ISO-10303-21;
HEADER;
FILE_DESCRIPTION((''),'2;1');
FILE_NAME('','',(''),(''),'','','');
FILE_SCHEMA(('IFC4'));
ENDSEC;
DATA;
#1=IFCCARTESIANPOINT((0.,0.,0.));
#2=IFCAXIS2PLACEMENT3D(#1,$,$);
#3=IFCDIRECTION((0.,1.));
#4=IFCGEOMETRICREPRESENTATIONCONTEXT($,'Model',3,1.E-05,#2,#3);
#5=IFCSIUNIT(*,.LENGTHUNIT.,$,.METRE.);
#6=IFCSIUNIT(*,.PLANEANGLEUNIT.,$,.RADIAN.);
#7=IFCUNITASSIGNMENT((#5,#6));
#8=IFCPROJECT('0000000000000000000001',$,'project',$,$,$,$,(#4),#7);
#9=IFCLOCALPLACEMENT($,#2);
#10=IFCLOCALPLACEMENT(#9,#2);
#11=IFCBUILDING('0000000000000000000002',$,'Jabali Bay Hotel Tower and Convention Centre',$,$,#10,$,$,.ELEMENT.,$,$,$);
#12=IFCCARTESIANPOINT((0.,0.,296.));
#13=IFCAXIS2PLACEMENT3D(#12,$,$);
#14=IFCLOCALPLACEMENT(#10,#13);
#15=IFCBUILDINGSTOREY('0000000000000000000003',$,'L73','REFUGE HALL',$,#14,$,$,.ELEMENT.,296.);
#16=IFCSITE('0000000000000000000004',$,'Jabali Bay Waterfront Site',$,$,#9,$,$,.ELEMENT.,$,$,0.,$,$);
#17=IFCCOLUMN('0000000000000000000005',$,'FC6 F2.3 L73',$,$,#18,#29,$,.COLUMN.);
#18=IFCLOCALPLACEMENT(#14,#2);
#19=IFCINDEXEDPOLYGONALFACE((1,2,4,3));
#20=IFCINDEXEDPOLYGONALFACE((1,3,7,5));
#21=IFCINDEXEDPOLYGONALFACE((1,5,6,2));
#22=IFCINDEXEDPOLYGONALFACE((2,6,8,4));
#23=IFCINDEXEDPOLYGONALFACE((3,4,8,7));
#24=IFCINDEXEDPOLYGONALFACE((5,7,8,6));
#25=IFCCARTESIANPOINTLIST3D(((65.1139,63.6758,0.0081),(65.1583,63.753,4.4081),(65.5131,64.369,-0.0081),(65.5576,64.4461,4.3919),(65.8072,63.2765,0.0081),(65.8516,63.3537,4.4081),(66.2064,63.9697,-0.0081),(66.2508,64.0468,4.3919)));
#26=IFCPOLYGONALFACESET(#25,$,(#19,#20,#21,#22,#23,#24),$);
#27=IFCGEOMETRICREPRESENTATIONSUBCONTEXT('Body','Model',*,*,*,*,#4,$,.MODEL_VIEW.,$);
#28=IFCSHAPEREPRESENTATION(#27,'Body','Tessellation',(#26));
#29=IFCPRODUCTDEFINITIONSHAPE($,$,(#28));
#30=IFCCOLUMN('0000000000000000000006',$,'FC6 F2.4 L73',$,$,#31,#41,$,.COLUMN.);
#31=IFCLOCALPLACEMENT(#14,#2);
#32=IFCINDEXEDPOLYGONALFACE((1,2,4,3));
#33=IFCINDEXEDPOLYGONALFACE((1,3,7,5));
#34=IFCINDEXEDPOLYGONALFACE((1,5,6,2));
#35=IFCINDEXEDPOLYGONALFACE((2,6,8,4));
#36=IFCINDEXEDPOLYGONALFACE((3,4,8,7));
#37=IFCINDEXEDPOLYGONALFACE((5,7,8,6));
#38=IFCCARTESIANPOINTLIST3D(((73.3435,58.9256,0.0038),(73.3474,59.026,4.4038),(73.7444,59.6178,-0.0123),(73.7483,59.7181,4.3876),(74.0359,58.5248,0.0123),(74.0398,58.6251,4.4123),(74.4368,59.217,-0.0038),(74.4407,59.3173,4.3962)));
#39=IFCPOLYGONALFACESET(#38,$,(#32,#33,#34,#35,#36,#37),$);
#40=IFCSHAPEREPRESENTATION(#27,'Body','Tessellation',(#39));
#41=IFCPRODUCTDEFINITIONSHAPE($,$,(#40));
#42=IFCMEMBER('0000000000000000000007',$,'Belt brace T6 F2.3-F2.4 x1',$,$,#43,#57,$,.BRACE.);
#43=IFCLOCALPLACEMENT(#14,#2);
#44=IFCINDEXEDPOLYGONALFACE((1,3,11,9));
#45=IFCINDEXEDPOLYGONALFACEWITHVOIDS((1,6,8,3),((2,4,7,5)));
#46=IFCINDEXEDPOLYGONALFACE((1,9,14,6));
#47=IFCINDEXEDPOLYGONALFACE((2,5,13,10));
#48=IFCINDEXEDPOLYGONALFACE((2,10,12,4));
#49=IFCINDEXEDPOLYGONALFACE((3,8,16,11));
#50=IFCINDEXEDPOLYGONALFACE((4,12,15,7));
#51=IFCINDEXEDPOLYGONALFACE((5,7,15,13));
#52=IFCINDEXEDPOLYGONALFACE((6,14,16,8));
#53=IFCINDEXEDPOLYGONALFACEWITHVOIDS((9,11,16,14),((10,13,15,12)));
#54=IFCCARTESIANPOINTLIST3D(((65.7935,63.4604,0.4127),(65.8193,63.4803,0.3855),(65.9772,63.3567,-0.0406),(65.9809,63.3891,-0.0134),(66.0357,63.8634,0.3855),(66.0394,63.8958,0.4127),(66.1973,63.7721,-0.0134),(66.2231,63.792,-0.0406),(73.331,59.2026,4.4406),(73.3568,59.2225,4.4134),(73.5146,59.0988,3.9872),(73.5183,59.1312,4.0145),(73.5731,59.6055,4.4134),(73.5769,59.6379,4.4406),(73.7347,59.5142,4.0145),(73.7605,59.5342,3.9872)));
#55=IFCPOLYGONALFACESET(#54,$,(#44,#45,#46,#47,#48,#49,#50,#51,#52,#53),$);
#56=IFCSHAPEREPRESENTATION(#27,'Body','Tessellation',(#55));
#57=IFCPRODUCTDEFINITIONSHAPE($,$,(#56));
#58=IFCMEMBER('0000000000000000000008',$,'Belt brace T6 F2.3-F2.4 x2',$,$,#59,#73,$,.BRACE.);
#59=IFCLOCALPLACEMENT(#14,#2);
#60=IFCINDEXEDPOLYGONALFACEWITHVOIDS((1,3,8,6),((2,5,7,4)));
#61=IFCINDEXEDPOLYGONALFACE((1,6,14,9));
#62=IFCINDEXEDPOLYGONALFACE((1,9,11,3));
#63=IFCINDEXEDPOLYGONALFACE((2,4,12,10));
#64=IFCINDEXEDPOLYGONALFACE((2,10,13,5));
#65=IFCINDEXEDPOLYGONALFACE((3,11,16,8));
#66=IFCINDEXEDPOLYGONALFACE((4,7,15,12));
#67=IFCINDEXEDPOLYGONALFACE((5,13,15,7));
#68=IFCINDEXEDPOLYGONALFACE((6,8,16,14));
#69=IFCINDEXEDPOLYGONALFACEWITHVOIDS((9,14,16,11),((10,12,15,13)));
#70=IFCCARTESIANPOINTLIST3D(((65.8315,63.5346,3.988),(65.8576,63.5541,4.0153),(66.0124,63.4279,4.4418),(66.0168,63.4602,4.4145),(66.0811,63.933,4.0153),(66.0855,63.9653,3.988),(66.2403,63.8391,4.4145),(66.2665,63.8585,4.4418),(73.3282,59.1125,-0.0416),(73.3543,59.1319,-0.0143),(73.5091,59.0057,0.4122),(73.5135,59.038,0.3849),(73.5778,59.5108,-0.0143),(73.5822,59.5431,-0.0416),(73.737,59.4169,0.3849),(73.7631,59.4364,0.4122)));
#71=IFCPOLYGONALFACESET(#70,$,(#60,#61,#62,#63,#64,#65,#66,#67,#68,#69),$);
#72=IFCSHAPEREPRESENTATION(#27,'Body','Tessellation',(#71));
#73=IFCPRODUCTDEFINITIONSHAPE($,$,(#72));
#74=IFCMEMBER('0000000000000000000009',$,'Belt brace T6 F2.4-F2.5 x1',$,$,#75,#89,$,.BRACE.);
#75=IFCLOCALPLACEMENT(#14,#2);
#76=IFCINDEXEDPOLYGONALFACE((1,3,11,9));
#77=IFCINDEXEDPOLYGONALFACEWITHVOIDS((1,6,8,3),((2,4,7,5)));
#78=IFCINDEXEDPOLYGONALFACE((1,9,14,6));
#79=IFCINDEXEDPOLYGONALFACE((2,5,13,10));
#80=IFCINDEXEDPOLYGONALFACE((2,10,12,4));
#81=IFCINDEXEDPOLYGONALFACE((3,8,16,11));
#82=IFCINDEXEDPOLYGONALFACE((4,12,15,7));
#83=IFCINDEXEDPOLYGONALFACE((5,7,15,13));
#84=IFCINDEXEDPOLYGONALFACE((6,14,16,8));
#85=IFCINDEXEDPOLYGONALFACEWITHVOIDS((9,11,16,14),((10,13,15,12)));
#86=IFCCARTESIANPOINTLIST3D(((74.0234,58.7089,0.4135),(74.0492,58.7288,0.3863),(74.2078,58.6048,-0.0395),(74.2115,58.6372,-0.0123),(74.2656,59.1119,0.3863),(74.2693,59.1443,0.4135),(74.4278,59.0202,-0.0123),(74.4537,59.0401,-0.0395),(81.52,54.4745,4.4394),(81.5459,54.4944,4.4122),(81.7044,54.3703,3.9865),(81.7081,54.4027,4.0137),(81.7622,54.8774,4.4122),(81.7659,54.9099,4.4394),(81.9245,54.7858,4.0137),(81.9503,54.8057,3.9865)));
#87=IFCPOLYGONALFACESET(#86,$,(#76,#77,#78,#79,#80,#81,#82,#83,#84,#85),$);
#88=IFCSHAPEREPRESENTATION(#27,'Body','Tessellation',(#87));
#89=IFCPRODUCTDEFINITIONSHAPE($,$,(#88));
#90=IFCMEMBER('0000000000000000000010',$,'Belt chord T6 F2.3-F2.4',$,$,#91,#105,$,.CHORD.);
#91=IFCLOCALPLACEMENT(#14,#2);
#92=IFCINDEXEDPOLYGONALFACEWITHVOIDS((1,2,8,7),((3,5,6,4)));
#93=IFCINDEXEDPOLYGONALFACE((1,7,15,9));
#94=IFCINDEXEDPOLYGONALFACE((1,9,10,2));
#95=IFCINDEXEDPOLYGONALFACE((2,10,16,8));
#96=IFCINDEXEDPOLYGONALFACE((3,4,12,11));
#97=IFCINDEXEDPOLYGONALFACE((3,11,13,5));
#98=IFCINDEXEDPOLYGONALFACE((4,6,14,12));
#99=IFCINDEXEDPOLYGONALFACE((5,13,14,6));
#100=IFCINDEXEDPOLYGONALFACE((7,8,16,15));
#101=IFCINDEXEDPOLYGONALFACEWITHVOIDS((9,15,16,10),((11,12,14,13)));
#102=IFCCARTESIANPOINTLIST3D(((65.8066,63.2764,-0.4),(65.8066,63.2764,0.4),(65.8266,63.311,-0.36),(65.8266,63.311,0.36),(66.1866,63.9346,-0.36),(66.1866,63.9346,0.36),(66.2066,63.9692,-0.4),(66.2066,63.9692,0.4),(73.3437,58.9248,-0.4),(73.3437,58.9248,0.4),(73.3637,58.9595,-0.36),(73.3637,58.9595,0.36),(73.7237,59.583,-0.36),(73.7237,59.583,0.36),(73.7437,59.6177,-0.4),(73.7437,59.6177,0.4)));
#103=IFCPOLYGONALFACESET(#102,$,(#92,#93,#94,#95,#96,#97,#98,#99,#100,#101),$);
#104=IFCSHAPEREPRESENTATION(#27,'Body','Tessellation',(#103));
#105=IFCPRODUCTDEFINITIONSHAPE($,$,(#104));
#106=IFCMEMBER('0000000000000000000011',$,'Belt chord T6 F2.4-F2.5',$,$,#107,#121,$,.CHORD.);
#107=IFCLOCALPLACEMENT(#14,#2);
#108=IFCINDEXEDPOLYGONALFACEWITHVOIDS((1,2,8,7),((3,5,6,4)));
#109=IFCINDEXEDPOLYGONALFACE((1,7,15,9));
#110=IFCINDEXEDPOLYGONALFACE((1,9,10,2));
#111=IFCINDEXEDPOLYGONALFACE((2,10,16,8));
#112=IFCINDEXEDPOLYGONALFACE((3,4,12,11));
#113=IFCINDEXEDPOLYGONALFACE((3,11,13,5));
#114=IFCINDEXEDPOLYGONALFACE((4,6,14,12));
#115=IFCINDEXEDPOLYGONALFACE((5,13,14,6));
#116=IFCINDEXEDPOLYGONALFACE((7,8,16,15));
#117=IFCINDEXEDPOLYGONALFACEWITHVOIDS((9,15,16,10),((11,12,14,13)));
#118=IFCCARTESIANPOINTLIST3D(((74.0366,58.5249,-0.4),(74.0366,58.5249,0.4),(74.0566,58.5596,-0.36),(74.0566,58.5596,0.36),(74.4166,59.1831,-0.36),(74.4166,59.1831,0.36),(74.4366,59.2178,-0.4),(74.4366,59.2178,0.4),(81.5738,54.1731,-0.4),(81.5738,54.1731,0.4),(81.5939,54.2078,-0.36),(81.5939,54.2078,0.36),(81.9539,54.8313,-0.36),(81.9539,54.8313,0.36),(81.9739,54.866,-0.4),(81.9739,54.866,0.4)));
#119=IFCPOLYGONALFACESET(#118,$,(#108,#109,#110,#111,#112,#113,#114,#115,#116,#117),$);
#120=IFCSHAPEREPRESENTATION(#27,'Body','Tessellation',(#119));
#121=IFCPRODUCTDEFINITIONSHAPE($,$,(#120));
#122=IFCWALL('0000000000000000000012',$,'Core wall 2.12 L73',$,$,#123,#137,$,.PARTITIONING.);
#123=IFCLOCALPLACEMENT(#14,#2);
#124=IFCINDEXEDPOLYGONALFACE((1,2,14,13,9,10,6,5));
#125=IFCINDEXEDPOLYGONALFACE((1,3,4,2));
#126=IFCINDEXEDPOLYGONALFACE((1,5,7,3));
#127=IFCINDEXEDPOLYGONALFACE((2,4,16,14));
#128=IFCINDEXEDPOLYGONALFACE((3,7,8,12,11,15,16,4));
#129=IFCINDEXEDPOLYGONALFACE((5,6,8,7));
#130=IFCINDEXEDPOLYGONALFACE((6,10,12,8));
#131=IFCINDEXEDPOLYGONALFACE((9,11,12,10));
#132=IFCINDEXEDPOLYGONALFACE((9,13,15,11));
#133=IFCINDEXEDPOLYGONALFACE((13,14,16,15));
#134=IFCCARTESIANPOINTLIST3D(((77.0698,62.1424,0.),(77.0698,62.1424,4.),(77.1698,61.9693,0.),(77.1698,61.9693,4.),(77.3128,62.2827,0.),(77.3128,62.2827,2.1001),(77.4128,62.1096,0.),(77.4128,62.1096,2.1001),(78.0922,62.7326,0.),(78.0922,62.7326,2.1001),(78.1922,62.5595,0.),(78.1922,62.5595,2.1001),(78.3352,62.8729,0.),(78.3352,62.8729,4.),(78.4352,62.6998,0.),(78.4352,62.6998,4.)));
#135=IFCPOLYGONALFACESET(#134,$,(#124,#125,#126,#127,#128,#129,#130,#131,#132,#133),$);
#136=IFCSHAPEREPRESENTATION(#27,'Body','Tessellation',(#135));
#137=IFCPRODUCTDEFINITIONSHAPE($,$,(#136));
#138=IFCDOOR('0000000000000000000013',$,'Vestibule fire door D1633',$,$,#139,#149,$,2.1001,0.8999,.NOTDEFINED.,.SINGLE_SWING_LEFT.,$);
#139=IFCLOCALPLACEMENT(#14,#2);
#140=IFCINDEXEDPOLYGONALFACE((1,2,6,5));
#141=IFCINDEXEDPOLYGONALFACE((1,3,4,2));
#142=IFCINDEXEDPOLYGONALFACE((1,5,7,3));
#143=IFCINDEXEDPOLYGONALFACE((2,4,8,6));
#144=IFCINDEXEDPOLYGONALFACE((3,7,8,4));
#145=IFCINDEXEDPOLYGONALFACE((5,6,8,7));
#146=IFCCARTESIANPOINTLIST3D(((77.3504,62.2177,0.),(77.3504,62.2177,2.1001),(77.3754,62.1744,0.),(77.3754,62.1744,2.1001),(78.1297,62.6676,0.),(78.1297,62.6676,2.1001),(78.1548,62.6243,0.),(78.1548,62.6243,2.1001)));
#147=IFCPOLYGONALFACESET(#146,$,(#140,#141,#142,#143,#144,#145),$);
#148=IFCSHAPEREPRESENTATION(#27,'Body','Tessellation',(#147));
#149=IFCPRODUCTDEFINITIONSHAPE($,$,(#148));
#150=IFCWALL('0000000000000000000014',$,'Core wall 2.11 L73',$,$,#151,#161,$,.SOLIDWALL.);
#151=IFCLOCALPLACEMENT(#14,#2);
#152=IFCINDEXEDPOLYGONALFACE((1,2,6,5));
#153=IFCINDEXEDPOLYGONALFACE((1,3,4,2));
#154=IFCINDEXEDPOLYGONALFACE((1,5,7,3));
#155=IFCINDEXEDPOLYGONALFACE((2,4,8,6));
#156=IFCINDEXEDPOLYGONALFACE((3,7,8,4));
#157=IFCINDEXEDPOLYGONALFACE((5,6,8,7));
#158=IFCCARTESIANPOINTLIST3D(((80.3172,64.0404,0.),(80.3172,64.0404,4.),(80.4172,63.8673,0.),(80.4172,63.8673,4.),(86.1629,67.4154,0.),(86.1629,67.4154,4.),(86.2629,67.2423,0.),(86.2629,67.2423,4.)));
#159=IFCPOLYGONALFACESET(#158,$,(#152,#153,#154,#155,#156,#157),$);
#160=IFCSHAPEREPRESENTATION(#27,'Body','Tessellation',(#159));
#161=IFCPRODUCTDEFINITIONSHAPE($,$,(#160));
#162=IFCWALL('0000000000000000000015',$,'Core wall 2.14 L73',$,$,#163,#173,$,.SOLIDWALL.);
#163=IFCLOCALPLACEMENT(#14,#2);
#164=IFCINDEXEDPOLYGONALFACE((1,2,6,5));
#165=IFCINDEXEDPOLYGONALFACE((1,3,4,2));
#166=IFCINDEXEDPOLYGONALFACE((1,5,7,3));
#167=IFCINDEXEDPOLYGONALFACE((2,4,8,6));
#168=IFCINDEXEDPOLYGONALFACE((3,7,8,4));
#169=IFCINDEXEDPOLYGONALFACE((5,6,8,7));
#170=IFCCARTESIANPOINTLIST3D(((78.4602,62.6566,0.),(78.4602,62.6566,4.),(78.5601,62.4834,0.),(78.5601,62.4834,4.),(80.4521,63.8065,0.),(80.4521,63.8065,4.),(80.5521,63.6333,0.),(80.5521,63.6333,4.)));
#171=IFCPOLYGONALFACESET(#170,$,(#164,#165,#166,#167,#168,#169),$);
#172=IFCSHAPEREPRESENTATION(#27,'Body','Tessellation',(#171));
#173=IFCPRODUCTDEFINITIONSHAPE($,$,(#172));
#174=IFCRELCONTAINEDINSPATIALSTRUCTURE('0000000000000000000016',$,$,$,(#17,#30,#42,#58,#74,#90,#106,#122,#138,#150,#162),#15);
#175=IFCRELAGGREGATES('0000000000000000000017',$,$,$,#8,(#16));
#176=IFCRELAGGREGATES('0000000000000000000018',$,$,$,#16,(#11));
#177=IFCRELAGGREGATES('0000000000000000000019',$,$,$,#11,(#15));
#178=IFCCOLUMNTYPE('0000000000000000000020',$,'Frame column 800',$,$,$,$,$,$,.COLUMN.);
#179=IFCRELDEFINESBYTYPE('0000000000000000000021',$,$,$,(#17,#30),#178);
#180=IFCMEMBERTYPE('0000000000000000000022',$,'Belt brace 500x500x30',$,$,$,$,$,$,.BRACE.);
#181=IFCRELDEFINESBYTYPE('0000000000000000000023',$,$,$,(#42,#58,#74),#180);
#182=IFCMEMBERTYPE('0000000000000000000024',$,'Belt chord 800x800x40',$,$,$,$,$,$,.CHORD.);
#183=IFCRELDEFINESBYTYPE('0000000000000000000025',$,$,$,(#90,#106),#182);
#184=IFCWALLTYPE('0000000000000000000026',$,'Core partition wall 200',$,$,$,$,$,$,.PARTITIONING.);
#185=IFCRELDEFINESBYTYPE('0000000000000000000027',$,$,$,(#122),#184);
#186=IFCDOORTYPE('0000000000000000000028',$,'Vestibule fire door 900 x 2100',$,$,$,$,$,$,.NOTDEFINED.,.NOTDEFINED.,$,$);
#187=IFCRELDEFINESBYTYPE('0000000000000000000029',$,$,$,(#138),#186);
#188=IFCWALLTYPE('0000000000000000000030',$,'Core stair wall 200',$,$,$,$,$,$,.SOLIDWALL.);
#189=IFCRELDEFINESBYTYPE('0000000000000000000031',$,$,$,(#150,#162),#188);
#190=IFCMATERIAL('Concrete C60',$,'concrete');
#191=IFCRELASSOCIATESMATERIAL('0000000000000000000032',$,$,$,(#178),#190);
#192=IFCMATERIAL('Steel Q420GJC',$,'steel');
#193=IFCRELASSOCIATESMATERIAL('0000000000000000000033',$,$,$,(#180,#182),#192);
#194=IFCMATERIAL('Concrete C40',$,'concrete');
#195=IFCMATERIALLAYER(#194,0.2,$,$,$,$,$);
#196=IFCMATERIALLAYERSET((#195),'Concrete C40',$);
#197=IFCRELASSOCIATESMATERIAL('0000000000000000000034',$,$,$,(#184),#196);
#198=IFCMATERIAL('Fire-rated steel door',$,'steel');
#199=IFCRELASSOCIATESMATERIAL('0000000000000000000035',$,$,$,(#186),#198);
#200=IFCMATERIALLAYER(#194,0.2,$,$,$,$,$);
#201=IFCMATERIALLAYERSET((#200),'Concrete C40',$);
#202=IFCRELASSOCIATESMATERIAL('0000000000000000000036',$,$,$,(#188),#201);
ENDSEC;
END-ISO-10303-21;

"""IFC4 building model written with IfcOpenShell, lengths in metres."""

from ifc_helpers import new_model, si_unit, direction, frame, frame_2d, origin, origin_2d, place, context, subcontext, project, spatial, rectangle, hollow_rectangle, extrude, material, layer, layer_set, material_profile, profile_set, type_object, element, fill, save


model = new_model("IFC4")

# Units and contexts
model_context = context("Model", 3, precision=1e-05, world=origin(), true_north=direction((0.0, 1.0)))
body_context = subcontext(model_context, "Body", "Model", "MODEL_VIEW")
ifc_project = project(units=[si_unit("LENGTHUNIT", "METRE"), si_unit("PLANEANGLEUNIT", "RADIAN")], contexts=[model_context])

# Site, building, storey
site_placement = place(None, origin())
site = spatial("IfcSite", under=ifc_project, at=site_placement, Name="Jabali Bay Waterfront Site", CompositionType="ELEMENT", RefElevation=0.0)
building_placement = place(site_placement, origin())
building = spatial("IfcBuilding", under=site, at=building_placement, Name="Jabali Bay Hotel Tower and Convention Centre", CompositionType="ELEMENT")
storey_placement = place(building_placement, frame((0.0, 0.0, 296.0)))
storey = spatial("IfcBuildingStorey", under=building, at=storey_placement, Name="L73", Description="REFUGE HALL", CompositionType="ELEMENT", Elevation=296.0)

# Columns
ifc_material_1 = material(Name="Concrete C60", Category="concrete")
ifc_material_profile_1 = material_profile(ifc_material_1, rectangle(XDim=0.8, YDim=0.8, at=origin_2d()), Name="Frame column 800")
ifc_profile_set_1 = profile_set([ifc_material_profile_1], Name="Concrete C60")
column_type = type_object("IfcColumnType", Name="Frame column 800", PredefinedType="COLUMN", material=ifc_profile_set_1)
column_1_placement = place(storey_placement, frame((65.6602, 63.8228, 0.0), z_axis=(0.010097, 0.017531, 0.999795), x_axis=(-0.498997, -0.866368, 0.02023)))
element("IfcColumn", 1, at=column_1_placement, inside=storey, type_object=column_type, Name="FC6 F2.3 L73", PredefinedType="COLUMN", context=body_context, shape_type="SweptSolid", body=[
    extrude(rectangle(XDim=0.8, YDim=0.8, at=origin_2d()), origin(), (0.0, 0.0, 1.0), 4.4009),
])
column_2_placement = place(storey_placement, frame((73.8901, 59.0713, 0.0), z_axis=(0.000888, 0.0228, 0.99974), x_axis=(-0.501113, -0.865147, 0.020175)))
element("IfcColumn", 2, at=column_2_placement, inside=storey, type_object=column_type, Name="FC6 F2.4 L73", PredefinedType="COLUMN", context=body_context, shape_type="SweptSolid", body=[
    extrude(rectangle(XDim=0.8, YDim=0.8, at=origin_2d()), origin(), (0.0, 0.0, 1.0), 4.4011),
])

# Members
ifc_material_2 = material(Name="Steel Q420GJC", Category="steel")
ifc_material_profile_2 = material_profile(ifc_material_2, hollow_rectangle(XDim=0.5, YDim=0.5, WallThickness=0.03, at=origin_2d()), Name="Belt brace 500x500x30")
ifc_profile_set_2 = profile_set([ifc_material_profile_2], Name="Steel Q420GJC")
member_type_1 = type_object("IfcMemberType", Name="Belt brace 500x500x30", PredefinedType="BRACE", material=ifc_profile_set_2)
member_1_placement = place(storey_placement, frame((66.0083, 63.6262, 0.186), z_axis=(0.789418, -0.445938, 0.421851), x_axis=(0.491844, 0.870683, 0.0)))
element("IfcMember", 3, at=member_1_placement, inside=storey, type_object=member_type_1, Name="Belt brace T6 F2.3-F2.4 x1", PredefinedType="BRACE", context=body_context, shape_type="SweptSolid", body=[
    extrude(hollow_rectangle(XDim=0.5, YDim=0.5, WallThickness=0.03, at=origin_2d()), origin(), (0.0, 0.0, 1.0), 9.5481),
])
member_2_placement = place(storey_placement, frame((73.5457, 59.2744, 0.1853), z_axis=(-0.781611, 0.46106, 0.420129), x_axis=(-0.508075, -0.861313, 0.0)))
element("IfcMember", 4, at=member_2_placement, inside=storey, type_object=member_type_1, Name="Belt brace T6 F2.3-F2.4 x2", PredefinedType="BRACE", context=body_context, shape_type="SweptSolid", body=[
    extrude(hollow_rectangle(XDim=0.5, YDim=0.5, WallThickness=0.03, at=origin_2d()), origin(), (0.0, 0.0, 1.0), 9.5913),
])
member_3_placement = place(storey_placement, frame((74.2385, 58.8745, 0.187), z_axis=(0.788737, -0.445511, 0.423574), x_axis=(0.491809, 0.870703, 0.0)))
element("IfcMember", 5, at=member_3_placement, inside=storey, type_object=member_type_1, Name="Belt brace T6 F2.4-F2.5 x1", PredefinedType="BRACE", context=body_context, shape_type="SweptSolid", body=[
    extrude(hollow_rectangle(XDim=0.5, YDim=0.5, WallThickness=0.03, at=origin_2d()), origin(), (0.0, 0.0, 1.0), 9.5046),
])
ifc_material_profile_3 = material_profile(ifc_material_2, hollow_rectangle(XDim=0.8, YDim=0.8, WallThickness=0.04, at=origin_2d()), Name="Belt chord 800x800x40")
ifc_profile_set_3 = profile_set([ifc_material_profile_3], Name="Steel Q420GJC")
member_type_2 = type_object("IfcMemberType", Name="Belt chord 800x800x40", PredefinedType="CHORD", material=ifc_profile_set_3)
member_4_placement = place(storey_placement, frame((66.0066, 63.6228, 0.0), z_axis=(0.866025, -0.500001, 0.0), x_axis=(0.500001, 0.866025, 0.0)))
element("IfcMember", 6, at=member_4_placement, inside=storey, type_object=member_type_2, Name="Belt chord T6 F2.3-F2.4", PredefinedType="CHORD", context=body_context, shape_type="SweptSolid", body=[
    extrude(hollow_rectangle(XDim=0.8, YDim=0.8, WallThickness=0.04, at=origin_2d()), origin(), (0.0, 0.0, 1.0), 8.7031),
])
member_5_placement = place(storey_placement, frame((74.2366, 58.8713, 0.0), z_axis=(0.86602, -0.50001, 0.0), x_axis=(0.50001, 0.86602, 0.0)))
element("IfcMember", 7, at=member_5_placement, inside=storey, type_object=member_type_2, Name="Belt chord T6 F2.4-F2.5", PredefinedType="CHORD", context=body_context, shape_type="SweptSolid", body=[
    extrude(hollow_rectangle(XDim=0.8, YDim=0.8, WallThickness=0.04, at=origin_2d()), origin(), (0.0, 0.0, 1.0), 8.7034),
])

# Wall, opening, door
ifc_material_3 = material(Name="Concrete C40", Category="concrete")
ifc_layer_1 = layer(ifc_material_3, 0.2)
ifc_layer_set_1 = layer_set([ifc_layer_1], Name="Concrete C40")
wall_type_1 = type_object("IfcWallType", Name="Core partition wall 200", PredefinedType="PARTITIONING", material=ifc_layer_set_1)
wall_1_placement = place(storey_placement, frame((77.1199, 62.0559, 0.0), z_axis=(0.0, 0.0, 1.0), x_axis=(0.866055, 0.499949, 0.0)))
wall_1 = element("IfcWall", 8, at=wall_1_placement, inside=storey, type_object=wall_type_1, Name="Core wall 2.12 L73", PredefinedType="PARTITIONING", context=body_context, shape_type="SweptSolid", body=[
    extrude(rectangle(XDim=1.4612, YDim=0.2, at=frame_2d((0.7305, 0.0))), origin(), (0.0, 0.0, 1.0), 4.0),
])
opening_placement = place(wall_1_placement, frame((0.2805, 0.0, 0.0)))
opening = element("IfcOpeningElement", 9, at=opening_placement, cuts=wall_1, PredefinedType="OPENING", context=body_context, shape_type="SweptSolid", body=[
    extrude(rectangle(XDim=0.8999, YDim=2.1001, at=frame_2d((0.45, 1.05))), frame((0.0, 0.1104, 0.0), z_axis=(0.0, -1.0, 0.0), x_axis=(1.0, 0.0, 0.0)), (0.0, 0.0, 1.0), 0.2209),
])
ifc_material_4 = material(Name="Fire-rated steel door", Category="steel")
door_type = type_object("IfcDoorType", Name="Vestibule fire door 900 x 2100", OperationType="NOTDEFINED", PredefinedType="NOTDEFINED", material=ifc_material_4)
door_placement = place(opening_placement, origin())
door = element("IfcDoor", 10, at=door_placement, inside=storey, type_object=door_type, Name="Vestibule fire door D1633", OperationType="SINGLE_SWING_LEFT", OverallHeight=2.1001, OverallWidth=0.8999, PredefinedType="NOTDEFINED", context=body_context, shape_type="SweptSolid", body=[
    extrude(rectangle(XDim=0.8999, YDim=2.1001, at=frame_2d((0.45, 1.05))), frame((0.0, 0.0249, 0.0), z_axis=(0.0, -1.0, 0.0), x_axis=(1.0, 0.0, 0.0)), (0.0, 0.0, 1.0), 0.05),
])
fill(opening, door)

# Walls
ifc_layer_2 = layer(ifc_material_3, 0.2)
ifc_layer_set_2 = layer_set([ifc_layer_2], Name="Concrete C40")
wall_type_2 = type_object("IfcWallType", Name="Core stair wall 200", PredefinedType="SOLIDWALL", material=ifc_layer_set_2)
wall_2_placement = place(storey_placement, frame((80.3672, 63.9539, 0.0), z_axis=(0.0, 0.0, 1.0), x_axis=(0.866027, 0.499998, 0.0)))
element("IfcWall", 11, at=wall_2_placement, inside=storey, type_object=wall_type_2, Name="Core wall 2.11 L73", PredefinedType="SOLIDWALL", context=body_context, shape_type="SweptSolid", body=[
    extrude(rectangle(XDim=6.75, YDim=0.2, at=frame_2d((3.375, 0.0))), origin(), (0.0, 0.0, 1.0), 4.0),
])
wall_3_placement = place(storey_placement, frame((78.5103, 62.5701, 0.0), z_axis=(0.0, 0.0, 1.0), x_axis=(0.866053, 0.499952, 0.0)))
element("IfcWall", 12, at=wall_3_placement, inside=storey, type_object=wall_type_2, Name="Core wall 2.14 L73", PredefinedType="SOLIDWALL", context=body_context, shape_type="SweptSolid", body=[
    extrude(rectangle(XDim=2.3, YDim=0.2, at=frame_2d((1.1499, 0.0))), origin(), (0.0, 0.0, 1.0), 4.0),
])

save(model, "model.ifc")
